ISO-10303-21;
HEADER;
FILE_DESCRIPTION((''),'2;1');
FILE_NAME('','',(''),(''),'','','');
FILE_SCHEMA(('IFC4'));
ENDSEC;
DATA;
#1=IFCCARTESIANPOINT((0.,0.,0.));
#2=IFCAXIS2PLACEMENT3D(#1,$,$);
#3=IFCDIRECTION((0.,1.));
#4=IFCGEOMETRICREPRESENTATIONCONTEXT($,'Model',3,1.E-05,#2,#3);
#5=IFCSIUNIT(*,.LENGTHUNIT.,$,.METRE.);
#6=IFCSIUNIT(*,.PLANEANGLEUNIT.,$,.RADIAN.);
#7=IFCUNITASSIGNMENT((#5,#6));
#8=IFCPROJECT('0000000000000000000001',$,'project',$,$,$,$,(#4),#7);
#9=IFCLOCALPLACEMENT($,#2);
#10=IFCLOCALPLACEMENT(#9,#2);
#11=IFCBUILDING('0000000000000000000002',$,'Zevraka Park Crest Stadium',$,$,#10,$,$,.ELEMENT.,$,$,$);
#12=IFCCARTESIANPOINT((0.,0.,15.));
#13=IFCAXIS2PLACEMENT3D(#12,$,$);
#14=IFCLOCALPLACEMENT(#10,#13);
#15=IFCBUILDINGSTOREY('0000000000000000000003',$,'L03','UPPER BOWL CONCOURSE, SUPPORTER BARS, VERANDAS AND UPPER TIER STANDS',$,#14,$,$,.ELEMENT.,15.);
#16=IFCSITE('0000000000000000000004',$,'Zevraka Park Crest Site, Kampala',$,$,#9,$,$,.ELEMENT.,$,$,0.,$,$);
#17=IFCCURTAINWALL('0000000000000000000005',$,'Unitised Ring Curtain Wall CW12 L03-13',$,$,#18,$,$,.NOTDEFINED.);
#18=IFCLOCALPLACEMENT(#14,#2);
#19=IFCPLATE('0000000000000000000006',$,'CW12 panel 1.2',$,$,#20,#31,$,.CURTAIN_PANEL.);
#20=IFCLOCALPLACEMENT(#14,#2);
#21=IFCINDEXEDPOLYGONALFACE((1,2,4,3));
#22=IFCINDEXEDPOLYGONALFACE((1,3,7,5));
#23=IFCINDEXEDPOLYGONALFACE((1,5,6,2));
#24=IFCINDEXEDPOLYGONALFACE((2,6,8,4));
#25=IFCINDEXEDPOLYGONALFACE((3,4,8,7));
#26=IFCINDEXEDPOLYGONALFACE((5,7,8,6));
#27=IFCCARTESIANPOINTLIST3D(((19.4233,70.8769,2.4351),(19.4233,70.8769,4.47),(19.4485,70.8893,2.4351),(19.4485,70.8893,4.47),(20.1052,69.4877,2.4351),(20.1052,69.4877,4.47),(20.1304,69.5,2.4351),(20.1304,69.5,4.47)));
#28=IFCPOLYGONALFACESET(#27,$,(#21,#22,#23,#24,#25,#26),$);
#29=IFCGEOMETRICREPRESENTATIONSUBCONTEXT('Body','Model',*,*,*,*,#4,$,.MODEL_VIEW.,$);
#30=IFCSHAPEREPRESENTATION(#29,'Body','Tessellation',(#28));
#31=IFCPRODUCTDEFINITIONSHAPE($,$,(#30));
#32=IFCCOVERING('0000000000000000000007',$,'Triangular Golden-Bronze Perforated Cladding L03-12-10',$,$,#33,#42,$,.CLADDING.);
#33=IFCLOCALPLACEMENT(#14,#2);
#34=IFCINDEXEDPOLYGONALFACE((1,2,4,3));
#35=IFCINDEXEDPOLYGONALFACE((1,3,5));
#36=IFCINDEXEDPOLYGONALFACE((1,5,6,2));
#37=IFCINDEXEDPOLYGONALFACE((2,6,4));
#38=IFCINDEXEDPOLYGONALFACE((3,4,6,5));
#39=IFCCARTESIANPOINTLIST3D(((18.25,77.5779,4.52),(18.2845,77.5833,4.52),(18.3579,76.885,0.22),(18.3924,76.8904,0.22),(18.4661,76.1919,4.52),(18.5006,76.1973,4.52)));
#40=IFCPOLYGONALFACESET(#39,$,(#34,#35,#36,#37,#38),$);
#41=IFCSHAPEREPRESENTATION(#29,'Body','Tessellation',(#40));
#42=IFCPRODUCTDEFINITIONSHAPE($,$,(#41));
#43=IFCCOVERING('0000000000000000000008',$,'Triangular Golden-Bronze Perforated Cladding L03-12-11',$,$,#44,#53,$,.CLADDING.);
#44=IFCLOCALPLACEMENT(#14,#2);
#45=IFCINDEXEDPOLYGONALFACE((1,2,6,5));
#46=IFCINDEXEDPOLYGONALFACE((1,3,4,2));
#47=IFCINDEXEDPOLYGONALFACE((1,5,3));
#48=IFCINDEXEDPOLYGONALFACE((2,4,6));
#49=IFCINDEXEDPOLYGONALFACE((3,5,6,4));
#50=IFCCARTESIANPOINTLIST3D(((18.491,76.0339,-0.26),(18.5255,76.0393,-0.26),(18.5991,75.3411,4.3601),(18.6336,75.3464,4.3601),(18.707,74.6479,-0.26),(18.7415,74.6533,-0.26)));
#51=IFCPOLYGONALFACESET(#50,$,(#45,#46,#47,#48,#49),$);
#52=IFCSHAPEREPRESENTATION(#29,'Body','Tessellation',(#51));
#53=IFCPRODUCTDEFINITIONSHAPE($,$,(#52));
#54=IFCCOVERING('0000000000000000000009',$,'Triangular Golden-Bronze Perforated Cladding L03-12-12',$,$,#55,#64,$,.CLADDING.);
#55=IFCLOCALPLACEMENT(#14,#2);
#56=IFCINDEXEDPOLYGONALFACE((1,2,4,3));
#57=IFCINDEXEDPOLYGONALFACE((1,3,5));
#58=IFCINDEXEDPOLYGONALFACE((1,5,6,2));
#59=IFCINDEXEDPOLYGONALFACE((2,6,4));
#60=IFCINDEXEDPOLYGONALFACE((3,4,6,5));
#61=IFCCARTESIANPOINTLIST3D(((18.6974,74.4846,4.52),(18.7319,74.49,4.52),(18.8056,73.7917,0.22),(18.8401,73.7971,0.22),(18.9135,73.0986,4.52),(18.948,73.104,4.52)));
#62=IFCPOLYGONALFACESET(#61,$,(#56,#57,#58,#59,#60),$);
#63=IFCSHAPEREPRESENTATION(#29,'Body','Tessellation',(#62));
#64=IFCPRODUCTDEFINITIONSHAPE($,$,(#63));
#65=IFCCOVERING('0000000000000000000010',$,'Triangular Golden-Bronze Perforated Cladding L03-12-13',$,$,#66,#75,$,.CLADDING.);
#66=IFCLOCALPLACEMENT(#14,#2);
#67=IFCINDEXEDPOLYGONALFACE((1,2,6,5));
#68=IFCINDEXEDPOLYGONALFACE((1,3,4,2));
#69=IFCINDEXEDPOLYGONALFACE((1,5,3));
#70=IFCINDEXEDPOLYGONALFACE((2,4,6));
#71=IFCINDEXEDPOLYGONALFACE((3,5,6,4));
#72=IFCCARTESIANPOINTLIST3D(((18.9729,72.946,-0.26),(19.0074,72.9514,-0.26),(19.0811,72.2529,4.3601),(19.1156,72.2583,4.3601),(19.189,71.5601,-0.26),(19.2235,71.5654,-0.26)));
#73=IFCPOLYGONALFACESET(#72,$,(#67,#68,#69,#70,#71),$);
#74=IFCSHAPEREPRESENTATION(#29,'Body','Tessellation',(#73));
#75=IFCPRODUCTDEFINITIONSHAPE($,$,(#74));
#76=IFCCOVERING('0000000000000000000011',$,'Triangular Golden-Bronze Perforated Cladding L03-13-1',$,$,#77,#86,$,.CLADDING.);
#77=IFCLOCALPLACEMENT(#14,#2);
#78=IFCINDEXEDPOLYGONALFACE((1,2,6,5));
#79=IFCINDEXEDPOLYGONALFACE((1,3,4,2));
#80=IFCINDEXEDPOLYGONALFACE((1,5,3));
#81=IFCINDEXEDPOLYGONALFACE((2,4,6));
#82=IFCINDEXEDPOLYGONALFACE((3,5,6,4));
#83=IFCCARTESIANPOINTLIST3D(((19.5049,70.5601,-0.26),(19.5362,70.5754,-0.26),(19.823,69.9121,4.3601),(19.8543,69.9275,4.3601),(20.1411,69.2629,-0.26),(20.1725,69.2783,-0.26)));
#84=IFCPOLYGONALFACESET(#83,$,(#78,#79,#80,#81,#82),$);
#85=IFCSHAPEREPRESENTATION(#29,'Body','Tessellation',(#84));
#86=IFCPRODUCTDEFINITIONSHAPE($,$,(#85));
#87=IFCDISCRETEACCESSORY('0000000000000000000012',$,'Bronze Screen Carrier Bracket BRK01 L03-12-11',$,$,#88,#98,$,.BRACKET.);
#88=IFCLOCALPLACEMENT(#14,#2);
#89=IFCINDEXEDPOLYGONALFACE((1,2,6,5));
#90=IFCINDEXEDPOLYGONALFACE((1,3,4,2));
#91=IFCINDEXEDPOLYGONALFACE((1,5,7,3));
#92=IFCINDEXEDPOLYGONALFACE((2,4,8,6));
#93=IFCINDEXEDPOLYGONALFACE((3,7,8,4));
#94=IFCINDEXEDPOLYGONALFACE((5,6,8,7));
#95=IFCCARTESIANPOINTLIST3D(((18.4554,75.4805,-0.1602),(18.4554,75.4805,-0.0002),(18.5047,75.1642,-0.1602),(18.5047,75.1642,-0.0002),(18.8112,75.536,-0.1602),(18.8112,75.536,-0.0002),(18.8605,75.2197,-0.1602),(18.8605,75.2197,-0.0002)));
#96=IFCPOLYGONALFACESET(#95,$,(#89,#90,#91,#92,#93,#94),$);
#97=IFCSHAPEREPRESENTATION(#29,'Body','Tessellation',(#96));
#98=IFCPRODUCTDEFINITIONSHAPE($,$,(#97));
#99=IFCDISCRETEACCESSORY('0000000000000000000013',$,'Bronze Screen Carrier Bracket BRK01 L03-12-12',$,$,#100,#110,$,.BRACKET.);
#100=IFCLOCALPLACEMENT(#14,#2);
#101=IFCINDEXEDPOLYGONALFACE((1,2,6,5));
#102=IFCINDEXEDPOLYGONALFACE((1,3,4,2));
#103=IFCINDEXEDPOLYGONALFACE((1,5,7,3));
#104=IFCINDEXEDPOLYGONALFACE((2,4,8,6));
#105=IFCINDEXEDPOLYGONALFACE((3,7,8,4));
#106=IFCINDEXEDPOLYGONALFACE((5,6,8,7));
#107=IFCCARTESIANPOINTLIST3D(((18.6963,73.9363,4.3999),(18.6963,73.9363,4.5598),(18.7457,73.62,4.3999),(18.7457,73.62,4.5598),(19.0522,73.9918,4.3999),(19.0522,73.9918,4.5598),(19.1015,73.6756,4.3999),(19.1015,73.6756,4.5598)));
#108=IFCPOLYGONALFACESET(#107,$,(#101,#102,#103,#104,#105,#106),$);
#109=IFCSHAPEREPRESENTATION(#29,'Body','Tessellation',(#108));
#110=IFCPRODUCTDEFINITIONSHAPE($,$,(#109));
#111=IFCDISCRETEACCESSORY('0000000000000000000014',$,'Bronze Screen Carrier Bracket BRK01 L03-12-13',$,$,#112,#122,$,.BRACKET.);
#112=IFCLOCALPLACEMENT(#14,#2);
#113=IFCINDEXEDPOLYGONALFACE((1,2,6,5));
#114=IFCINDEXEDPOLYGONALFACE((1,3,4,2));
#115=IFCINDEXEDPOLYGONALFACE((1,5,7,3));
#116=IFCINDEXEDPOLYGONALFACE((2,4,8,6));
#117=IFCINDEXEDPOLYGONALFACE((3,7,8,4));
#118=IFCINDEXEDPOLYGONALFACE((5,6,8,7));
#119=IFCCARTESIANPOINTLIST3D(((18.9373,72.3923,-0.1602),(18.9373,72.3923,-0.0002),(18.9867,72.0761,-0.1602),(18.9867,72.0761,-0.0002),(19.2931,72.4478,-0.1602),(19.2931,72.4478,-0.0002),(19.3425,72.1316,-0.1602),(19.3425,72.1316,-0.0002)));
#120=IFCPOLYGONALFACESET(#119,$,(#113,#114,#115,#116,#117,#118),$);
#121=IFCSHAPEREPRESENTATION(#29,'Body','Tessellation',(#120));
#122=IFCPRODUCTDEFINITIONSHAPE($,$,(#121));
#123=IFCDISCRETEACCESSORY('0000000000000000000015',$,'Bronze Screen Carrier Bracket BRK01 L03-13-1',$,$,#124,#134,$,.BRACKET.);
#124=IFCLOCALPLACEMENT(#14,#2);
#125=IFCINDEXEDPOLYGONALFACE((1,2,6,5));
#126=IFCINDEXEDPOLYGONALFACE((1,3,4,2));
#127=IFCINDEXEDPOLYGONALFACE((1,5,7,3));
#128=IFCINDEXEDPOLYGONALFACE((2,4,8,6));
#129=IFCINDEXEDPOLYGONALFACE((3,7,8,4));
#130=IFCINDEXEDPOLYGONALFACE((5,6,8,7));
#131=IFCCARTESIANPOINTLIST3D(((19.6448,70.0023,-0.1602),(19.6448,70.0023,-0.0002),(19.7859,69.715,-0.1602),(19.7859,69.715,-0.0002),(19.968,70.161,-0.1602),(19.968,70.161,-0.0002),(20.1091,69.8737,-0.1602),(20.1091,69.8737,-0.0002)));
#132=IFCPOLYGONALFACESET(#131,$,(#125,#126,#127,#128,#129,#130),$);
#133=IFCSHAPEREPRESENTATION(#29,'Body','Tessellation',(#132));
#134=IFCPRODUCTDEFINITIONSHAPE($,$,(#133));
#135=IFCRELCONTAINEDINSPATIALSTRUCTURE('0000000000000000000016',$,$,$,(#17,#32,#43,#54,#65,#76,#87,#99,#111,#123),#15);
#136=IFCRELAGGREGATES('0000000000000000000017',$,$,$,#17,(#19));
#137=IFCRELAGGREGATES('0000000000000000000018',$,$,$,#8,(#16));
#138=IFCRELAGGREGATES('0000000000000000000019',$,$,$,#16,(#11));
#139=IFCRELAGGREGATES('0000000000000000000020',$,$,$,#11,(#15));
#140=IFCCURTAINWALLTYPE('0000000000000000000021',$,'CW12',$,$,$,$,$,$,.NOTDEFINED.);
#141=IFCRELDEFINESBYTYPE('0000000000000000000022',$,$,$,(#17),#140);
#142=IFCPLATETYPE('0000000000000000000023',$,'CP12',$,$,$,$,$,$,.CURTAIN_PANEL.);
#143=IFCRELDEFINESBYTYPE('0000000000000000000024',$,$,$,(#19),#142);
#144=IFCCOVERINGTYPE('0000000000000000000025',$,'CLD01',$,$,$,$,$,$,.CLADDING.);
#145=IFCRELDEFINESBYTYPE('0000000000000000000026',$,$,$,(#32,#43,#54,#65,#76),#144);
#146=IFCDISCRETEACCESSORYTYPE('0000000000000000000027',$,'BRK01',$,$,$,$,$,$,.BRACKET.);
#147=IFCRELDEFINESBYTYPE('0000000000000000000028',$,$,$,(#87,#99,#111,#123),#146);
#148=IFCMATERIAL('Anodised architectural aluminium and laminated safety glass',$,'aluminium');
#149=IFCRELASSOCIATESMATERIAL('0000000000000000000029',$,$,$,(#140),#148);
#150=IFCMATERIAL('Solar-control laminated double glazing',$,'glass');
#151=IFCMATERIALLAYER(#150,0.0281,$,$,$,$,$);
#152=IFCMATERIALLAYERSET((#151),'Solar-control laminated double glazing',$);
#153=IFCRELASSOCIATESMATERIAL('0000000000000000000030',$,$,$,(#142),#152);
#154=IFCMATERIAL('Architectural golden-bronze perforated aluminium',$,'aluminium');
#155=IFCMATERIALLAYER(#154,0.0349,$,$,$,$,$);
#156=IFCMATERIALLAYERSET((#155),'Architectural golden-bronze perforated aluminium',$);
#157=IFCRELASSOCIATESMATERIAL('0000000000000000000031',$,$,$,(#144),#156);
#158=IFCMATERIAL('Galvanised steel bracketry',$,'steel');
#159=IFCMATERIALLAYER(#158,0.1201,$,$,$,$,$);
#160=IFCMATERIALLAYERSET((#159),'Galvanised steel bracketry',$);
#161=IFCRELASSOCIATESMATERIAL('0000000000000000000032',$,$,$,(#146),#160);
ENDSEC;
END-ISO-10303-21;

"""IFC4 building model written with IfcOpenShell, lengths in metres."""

from ifc_helpers import new_model, si_unit, direction, frame, origin, origin_2d, place, context, subcontext, project, spatial, polyline, rectangle, outline, extrude, material, layer, layer_set, type_object, element, aggregate, save


model = new_model("IFC4")

# Units and contexts
model_context = context("Model", 3, precision=1e-05, world=origin(), true_north=direction((0.0, 1.0)))
body_context = subcontext(model_context, "Body", "Model", "MODEL_VIEW")
ifc_project = project(units=[si_unit("LENGTHUNIT", "METRE"), si_unit("PLANEANGLEUNIT", "RADIAN")], contexts=[model_context])

# Site, building, storey
site_placement = place(None, origin())
site = spatial("IfcSite", under=ifc_project, at=site_placement, Name="Zevraka Park Crest Site, Kampala", CompositionType="ELEMENT", RefElevation=0.0)
building_placement = place(site_placement, origin())
building = spatial("IfcBuilding", under=site, at=building_placement, Name="Zevraka Park Crest Stadium", CompositionType="ELEMENT")
storey_placement = place(building_placement, frame((0.0, 0.0, 15.0)))
storey = spatial("IfcBuildingStorey", under=building, at=storey_placement, Name="L03", Description="UPPER BOWL CONCOURSE, SUPPORTER BARS, VERANDAS AND UPPER TIER STANDS", CompositionType="ELEMENT", Elevation=15.0)

# Curtain wall
ifc_material_1 = material(Name="Anodised architectural aluminium and laminated safety glass", Category="aluminium")
curtain_wall_type_1 = type_object("IfcCurtainWallType", Name="CW12", PredefinedType="NOTDEFINED", material=ifc_material_1)
curtain_wall_1_placement = place(storey_placement, origin())
curtain_wall_1 = element("IfcCurtainWall", 1, at=curtain_wall_1_placement, inside=storey, type_object=curtain_wall_type_1, Name="Unitised Ring Curtain Wall CW12 L03-13", PredefinedType="NOTDEFINED")

# Plate
ifc_material_2 = material(Name="Solar-control laminated double glazing", Category="glass")
ifc_layer_1 = layer(ifc_material_2, 0.0281)
ifc_layer_set_1 = layer_set([ifc_layer_1], Name="Solar-control laminated double glazing")
plate_type_1 = type_object("IfcPlateType", Name="CP12", PredefinedType="CURTAIN_PANEL", material=ifc_layer_set_1)
plate_1_placement = place(storey_placement, frame((19.7769, 70.1885, 2.4351), z_axis=(0.0, 0.0, 1.0), x_axis=(0.440666, -0.897671, 0.0)))
plate_1 = element("IfcPlate", 2, at=plate_1_placement, type_object=plate_type_1, Name="CW12 panel 1.2", PredefinedType="CURTAIN_PANEL", context=body_context, shape_type="SweptSolid", body=[
    extrude(rectangle(XDim=1.5476, YDim=0.0281, at=origin_2d()), origin(), (0.0, 0.0, 1.0), 2.0349),
])
aggregate(curtain_wall_1, [plate_1])

# Coverings
ifc_material_3 = material(Name="Architectural golden-bronze perforated aluminium", Category="aluminium")
ifc_layer_2 = layer(ifc_material_3, 0.0349)
ifc_layer_set_2 = layer_set([ifc_layer_2], Name="Architectural golden-bronze perforated aluminium")
covering_type = type_object("IfcCoveringType", Name="CLD01", PredefinedType="CLADDING", material=ifc_layer_set_2)
covering_1_placement = place(storey_placement, frame((18.4661, 76.1919, 4.52), z_axis=(-0.988066, -0.154032, 0.000024), x_axis=(-0.154032, 0.988066, 0.0)))
element("IfcCovering", 3, at=covering_1_placement, inside=storey, type_object=covering_type, Name="Triangular Golden-Bronze Perforated Cladding L03-12-10", PredefinedType="CLADDING", context=body_context, shape_type="SweptSolid", body=[
    extrude(outline(polyline([(0.0, 0.0), (1.4027, 0.0), (0.7015, 4.3), (0.0, 0.0)])), origin(), (0.0, 0.0, -1.0), 0.0349),
])
covering_2_placement = place(storey_placement, frame((18.491, 76.0339, -0.26), z_axis=(-0.988066, -0.154032, 0.00003), x_axis=(0.154032, -0.988066, 0.0)))
element("IfcCovering", 4, at=covering_2_placement, inside=storey, type_object=covering_type, Name="Triangular Golden-Bronze Perforated Cladding L03-12-11", PredefinedType="CLADDING", context=body_context, shape_type="SweptSolid", body=[
    extrude(outline(polyline([(0.0, 0.0), (1.4027, 0.0), (0.7013, 4.6201), (0.0, 0.0)])), origin(), (0.0, 0.0, -1.0), 0.0349),
])
covering_3_placement = place(storey_placement, frame((18.948, 73.104, 4.52), z_axis=(0.988066, 0.154032, 0.000032), x_axis=(-0.154032, 0.988066, 0.0)))
element("IfcCovering", 5, at=covering_3_placement, inside=storey, type_object=covering_type, Name="Triangular Golden-Bronze Perforated Cladding L03-12-12", PredefinedType="CLADDING", context=body_context, shape_type="SweptSolid", body=[
    extrude(outline(polyline([(0.0, 0.0), (1.4027, 0.0), (0.7015, -4.3), (0.0, 0.0)])), origin(), (0.0, 0.0, -1.0), 0.0349),
])
covering_4_placement = place(storey_placement, frame((18.9729, 72.946, -0.26), z_axis=(-0.988066, -0.154032, 0.000022), x_axis=(0.154032, -0.988066, 0.0)))
element("IfcCovering", 6, at=covering_4_placement, inside=storey, type_object=covering_type, Name="Triangular Golden-Bronze Perforated Cladding L03-12-13", PredefinedType="CLADDING", context=body_context, shape_type="SweptSolid", body=[
    extrude(outline(polyline([(0.0, 0.0), (1.4027, 0.0), (0.7015, 4.6201), (0.0, 0.0)])), origin(), (0.0, 0.0, -1.0), 0.0349),
])
covering_5_placement = place(storey_placement, frame((19.5049, 70.5601, -0.26), z_axis=(-0.897815, -0.440374, 0.000058), x_axis=(0.440374, -0.897815, 0.0)))
element("IfcCovering", 7, at=covering_5_placement, inside=storey, type_object=covering_type, Name="Triangular Golden-Bronze Perforated Cladding L03-13-1", PredefinedType="CLADDING", context=body_context, shape_type="SweptSolid", body=[
    extrude(outline(polyline([(0.0, 0.0), (1.4448, 0.0), (0.7218, 4.6201), (0.0, 0.0)])), origin(), (0.0, 0.0, -1.0), 0.0349),
])

# Discrete accessories
ifc_material_4 = material(Name="Galvanised steel bracketry", Category="steel")
ifc_layer_3 = layer(ifc_material_4, 0.1201)
ifc_layer_set_3 = layer_set([ifc_layer_3], Name="Galvanised steel bracketry")
discrete_accessory_type = type_object("IfcDiscreteAccessoryType", Name="BRK01", PredefinedType="BRACKET", material=ifc_layer_set_3)
for number, where, z_axis, x_axis, name in (
    (8, (18.658, 75.3501, -0.1602), (0.0, 0.0, 1.0), (0.154193, -0.988041, 0.0), "Bronze Screen Carrier Bracket BRK01 L03-12-11"),
    (9, (18.8989, 73.8059, 4.3999), (0.0, 0.0, 1.0), (0.154193, -0.988041, 0.0), "Bronze Screen Carrier Bracket BRK01 L03-12-12"),
    (10, (19.1399, 72.262, -0.1602), (0.0, 0.0, 1.0), (0.154193, -0.988041, 0.0), "Bronze Screen Carrier Bracket BRK01 L03-12-13"),
    (11, (19.877, 69.938, -0.1602), (0.0, 0.0, 1.0), (0.440723, -0.897643, 0.0), "Bronze Screen Carrier Bracket BRK01 L03-13-1"),
):
    element("IfcDiscreteAccessory", number, at=place(storey_placement, frame(where, z_axis=z_axis, x_axis=x_axis)), inside=storey, type_object=discrete_accessory_type, Name=name, PredefinedType="BRACKET", context=body_context, shape_type="SweptSolid", body=[
        extrude(rectangle(XDim=0.3201, YDim=0.3601, at=origin_2d()), origin(), (0.0, 0.0, 1.0), 0.1599),
    ])

save(model, "model.ifc")
